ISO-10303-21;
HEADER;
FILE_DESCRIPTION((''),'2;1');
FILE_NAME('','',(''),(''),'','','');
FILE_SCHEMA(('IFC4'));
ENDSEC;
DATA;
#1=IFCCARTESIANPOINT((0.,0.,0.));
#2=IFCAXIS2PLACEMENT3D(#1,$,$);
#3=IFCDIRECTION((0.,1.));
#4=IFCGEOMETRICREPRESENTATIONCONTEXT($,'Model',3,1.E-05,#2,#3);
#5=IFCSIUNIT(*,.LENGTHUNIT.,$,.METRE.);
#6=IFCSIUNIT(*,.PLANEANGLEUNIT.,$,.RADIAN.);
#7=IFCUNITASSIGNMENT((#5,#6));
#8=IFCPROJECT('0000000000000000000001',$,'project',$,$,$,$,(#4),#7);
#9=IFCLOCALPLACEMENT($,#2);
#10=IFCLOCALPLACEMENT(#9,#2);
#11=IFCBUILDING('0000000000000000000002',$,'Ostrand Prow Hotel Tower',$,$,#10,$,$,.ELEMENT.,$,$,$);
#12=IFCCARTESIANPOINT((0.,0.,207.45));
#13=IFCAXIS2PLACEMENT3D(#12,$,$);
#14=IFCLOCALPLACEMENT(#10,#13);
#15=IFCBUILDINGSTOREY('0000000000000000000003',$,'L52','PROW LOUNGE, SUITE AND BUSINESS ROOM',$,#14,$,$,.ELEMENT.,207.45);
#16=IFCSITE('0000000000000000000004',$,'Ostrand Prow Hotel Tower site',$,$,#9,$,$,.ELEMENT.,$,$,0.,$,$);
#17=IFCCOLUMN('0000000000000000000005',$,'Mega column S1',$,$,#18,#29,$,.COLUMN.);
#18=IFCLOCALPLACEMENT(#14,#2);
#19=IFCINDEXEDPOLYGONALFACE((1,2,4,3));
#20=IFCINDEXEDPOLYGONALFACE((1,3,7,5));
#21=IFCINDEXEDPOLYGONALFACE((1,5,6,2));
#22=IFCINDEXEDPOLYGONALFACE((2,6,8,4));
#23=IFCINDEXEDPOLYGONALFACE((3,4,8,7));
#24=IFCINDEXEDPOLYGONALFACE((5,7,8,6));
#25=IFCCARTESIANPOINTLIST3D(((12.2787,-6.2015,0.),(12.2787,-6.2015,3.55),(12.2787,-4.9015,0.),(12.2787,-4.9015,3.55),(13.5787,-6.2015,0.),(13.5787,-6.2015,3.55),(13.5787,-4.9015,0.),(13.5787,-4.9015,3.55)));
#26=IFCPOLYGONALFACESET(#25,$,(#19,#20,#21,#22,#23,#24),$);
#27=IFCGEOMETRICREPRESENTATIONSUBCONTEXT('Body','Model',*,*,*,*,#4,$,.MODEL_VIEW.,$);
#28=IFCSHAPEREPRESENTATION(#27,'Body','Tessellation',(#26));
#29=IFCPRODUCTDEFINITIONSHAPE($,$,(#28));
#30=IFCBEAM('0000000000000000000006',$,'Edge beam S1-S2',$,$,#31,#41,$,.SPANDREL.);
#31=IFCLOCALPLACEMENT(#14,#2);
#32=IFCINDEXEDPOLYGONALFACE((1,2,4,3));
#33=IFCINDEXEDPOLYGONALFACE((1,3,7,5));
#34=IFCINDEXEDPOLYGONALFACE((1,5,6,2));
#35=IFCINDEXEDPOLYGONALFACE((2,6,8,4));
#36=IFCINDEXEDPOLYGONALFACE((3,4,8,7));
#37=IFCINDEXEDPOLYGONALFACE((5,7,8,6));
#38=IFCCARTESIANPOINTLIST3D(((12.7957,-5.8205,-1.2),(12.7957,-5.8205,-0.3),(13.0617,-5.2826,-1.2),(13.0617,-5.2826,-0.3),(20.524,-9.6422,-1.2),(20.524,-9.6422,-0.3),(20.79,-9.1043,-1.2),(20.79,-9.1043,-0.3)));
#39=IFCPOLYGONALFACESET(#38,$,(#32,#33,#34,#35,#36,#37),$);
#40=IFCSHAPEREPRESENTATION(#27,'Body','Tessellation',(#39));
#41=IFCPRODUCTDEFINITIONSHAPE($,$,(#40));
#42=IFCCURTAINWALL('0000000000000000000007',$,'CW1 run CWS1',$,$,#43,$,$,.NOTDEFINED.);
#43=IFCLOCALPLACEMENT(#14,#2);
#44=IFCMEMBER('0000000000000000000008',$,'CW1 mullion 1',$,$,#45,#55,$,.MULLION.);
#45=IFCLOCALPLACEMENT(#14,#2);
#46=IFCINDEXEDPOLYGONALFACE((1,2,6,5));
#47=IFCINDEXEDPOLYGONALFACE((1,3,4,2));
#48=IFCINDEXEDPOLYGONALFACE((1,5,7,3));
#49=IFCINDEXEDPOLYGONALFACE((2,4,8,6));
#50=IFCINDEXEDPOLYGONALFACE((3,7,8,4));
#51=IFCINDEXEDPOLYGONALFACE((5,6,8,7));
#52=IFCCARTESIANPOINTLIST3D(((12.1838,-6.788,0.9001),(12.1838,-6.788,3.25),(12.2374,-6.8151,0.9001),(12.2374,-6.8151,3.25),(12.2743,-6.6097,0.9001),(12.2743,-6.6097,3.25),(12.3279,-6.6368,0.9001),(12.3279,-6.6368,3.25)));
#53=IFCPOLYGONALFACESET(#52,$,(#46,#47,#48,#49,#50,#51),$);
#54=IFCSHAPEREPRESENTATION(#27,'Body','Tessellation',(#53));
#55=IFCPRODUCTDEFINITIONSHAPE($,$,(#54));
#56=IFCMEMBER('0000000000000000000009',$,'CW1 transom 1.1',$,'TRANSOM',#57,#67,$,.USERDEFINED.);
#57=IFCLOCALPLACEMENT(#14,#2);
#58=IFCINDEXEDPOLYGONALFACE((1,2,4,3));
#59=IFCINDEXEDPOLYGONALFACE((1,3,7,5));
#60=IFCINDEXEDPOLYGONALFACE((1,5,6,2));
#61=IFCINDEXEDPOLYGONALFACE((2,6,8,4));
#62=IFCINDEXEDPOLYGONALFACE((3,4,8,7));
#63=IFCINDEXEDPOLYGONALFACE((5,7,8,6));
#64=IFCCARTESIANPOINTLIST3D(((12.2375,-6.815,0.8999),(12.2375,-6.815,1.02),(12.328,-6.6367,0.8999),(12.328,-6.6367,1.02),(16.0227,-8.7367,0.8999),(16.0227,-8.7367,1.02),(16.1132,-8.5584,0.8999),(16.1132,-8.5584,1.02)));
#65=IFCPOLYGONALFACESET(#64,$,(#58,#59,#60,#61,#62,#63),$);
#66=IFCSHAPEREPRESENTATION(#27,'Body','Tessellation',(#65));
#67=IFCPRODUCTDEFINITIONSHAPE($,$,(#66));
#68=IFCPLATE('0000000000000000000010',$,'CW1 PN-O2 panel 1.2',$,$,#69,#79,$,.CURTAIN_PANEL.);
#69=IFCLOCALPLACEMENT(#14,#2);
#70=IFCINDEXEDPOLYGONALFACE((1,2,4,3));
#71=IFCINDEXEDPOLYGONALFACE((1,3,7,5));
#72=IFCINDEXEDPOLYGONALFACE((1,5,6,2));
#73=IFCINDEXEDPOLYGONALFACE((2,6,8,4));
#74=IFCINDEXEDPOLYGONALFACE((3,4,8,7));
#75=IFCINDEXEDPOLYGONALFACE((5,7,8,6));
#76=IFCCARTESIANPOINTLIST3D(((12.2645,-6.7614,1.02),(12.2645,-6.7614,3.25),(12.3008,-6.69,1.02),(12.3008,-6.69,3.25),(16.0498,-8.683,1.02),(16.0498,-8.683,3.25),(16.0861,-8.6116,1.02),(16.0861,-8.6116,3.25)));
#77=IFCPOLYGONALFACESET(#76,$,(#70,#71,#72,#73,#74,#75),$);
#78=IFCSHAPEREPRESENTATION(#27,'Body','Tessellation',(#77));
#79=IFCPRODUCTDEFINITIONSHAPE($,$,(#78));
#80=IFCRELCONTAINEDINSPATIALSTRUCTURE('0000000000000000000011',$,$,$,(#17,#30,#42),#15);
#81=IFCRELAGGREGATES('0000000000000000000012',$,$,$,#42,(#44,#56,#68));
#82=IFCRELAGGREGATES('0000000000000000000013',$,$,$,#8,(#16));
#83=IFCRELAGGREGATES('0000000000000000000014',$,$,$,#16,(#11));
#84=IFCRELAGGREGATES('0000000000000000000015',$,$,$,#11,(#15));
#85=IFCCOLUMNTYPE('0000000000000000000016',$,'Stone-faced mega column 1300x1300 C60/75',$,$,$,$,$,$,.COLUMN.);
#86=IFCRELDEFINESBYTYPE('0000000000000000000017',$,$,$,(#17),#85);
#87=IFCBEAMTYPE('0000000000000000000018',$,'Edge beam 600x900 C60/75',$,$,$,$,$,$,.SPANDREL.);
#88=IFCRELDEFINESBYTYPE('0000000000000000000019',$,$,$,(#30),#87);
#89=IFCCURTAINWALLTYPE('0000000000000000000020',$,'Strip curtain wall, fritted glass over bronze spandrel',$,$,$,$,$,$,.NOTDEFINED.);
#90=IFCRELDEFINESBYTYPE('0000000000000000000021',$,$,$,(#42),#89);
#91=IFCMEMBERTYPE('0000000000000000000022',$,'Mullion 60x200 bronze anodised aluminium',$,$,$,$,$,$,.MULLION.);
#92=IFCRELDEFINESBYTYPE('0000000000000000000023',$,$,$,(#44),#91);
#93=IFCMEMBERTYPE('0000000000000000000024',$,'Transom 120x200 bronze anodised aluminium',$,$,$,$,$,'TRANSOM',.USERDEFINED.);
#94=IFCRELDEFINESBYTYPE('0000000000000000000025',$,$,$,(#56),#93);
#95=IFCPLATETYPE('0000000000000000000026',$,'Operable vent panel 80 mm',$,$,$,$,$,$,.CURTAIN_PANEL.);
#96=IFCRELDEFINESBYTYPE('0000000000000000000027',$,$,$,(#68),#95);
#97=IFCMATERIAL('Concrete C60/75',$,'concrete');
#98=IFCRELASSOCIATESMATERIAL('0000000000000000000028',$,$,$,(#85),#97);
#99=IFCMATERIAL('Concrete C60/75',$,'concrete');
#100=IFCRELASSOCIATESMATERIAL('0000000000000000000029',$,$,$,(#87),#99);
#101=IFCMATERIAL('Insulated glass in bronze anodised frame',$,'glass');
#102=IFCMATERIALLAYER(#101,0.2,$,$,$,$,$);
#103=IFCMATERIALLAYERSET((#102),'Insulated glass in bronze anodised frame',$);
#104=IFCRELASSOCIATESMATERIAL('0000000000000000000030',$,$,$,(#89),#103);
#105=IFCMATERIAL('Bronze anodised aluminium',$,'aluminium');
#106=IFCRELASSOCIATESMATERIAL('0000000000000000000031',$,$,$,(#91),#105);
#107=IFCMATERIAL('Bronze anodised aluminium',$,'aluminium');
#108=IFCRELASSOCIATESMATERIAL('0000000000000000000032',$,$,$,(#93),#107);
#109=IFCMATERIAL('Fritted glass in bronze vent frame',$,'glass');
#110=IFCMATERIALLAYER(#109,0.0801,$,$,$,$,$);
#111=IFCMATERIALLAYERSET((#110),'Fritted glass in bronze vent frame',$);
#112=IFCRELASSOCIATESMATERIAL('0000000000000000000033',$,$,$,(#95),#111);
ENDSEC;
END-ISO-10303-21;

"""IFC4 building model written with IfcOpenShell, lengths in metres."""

from ifc_helpers import new_model, si_unit, direction, frame, origin, origin_2d, place, context, subcontext, project, spatial, rectangle, extrude, material, layer, layer_set, material_profile, profile_set, type_object, element, aggregate, save


model = new_model("IFC4")

# Units and contexts
model_context = context("Model", 3, precision=1e-05, world=origin(), true_north=direction((0.0, 1.0)))
body_context = subcontext(model_context, "Body", "Model", "MODEL_VIEW")
ifc_project = project(units=[si_unit("LENGTHUNIT", "METRE"), si_unit("PLANEANGLEUNIT", "RADIAN")], contexts=[model_context])

# Site, building, storey
site_placement = place(None, origin())
site = spatial("IfcSite", under=ifc_project, at=site_placement, Name="Ostrand Prow Hotel Tower site", CompositionType="ELEMENT", RefElevation=0.0)
building_placement = place(site_placement, origin())
building = spatial("IfcBuilding", under=site, at=building_placement, Name="Ostrand Prow Hotel Tower", CompositionType="ELEMENT")
storey_placement = place(building_placement, frame((0.0, 0.0, 207.45)))
storey = spatial("IfcBuildingStorey", under=building, at=storey_placement, Name="L52", Description="PROW LOUNGE, SUITE AND BUSINESS ROOM", CompositionType="ELEMENT", Elevation=207.45)

# Column
ifc_material_1 = material(Name="Concrete C60/75", Category="concrete")
ifc_material_profile_1 = material_profile(ifc_material_1, rectangle(XDim=1.3, YDim=1.3, at=origin_2d()), Name="RC 1300x1300")
ifc_profile_set_1 = profile_set([ifc_material_profile_1], Name="Concrete C60/75")
column_type = type_object("IfcColumnType", Name="Stone-faced mega column 1300x1300 C60/75", PredefinedType="COLUMN", material=ifc_profile_set_1)
column_placement = place(storey_placement, frame((12.9287, -5.5515, 0.0), z_axis=(0.0, 0.0, 1.0), x_axis=(1.0, 0.0, 0.0)))
element("IfcColumn", 1, at=column_placement, inside=storey, type_object=column_type, Name="Mega column S1", PredefinedType="COLUMN", context=body_context, shape_type="SweptSolid", body=[
    extrude(rectangle(XDim=1.3, YDim=1.3, at=origin_2d()), origin(), (0.0, 0.0, 1.0), 3.55),
])

# Beam
ifc_material_2 = material(Name="Concrete C60/75", Category="concrete")
ifc_material_profile_2 = material_profile(ifc_material_2, rectangle(XDim=0.6001, YDim=0.8999, at=origin_2d()), Name="RC 600x900")
ifc_profile_set_2 = profile_set([ifc_material_profile_2], Name="Concrete C60/75")
beam_type = type_object("IfcBeamType", Name="Edge beam 600x900 C60/75", PredefinedType="SPANDREL", material=ifc_profile_set_2)
beam_placement = place(storey_placement, frame((12.9287, -5.5515, -0.75), z_axis=(0.896384, -0.443279, 0.0), x_axis=(0.443279, 0.896384, 0.0)))
element("IfcBeam", 2, at=beam_placement, inside=storey, type_object=beam_type, Name="Edge beam S1-S2", PredefinedType="SPANDREL", context=body_context, shape_type="SweptSolid", body=[
    extrude(rectangle(XDim=0.6001, YDim=0.8999, at=origin_2d()), origin(), (0.0, 0.0, 1.0), 8.6216),
])

# Curtain wall, members, plate
ifc_material_3 = material(Name="Insulated glass in bronze anodised frame", Category="glass")
ifc_layer_1 = layer(ifc_material_3, 0.2)
ifc_layer_set_1 = layer_set([ifc_layer_1], Name="Insulated glass in bronze anodised frame")
curtain_wall_type = type_object("IfcCurtainWallType", Name="Strip curtain wall, fritted glass over bronze spandrel", PredefinedType="NOTDEFINED", material=ifc_layer_set_1)
curtain_wall_placement = place(storey_placement, origin())
curtain_wall = element("IfcCurtainWall", 3, at=curtain_wall_placement, inside=storey, type_object=curtain_wall_type, Name="CW1 run CWS1", PredefinedType="NOTDEFINED")
ifc_material_4 = material(Name="Bronze anodised aluminium", Category="aluminium")
ifc_material_profile_3 = material_profile(ifc_material_4, rectangle(XDim=0.2, YDim=0.0601, at=origin_2d()), Name="Mullion 60x200 bronze anodised aluminium")
ifc_profile_set_3 = profile_set([ifc_material_profile_3], Name="Bronze anodised aluminium")
member_type_1 = type_object("IfcMemberType", Name="Mullion 60x200 bronze anodised aluminium", PredefinedType="MULLION", material=ifc_profile_set_3)
member_1_placement = place(storey_placement, frame((12.2559, -6.7124, 0.9001), z_axis=(0.0, 0.0, 1.0), x_axis=(0.452659, 0.891684, 0.0)))
member_1 = element("IfcMember", 4, at=member_1_placement, type_object=member_type_1, Name="CW1 mullion 1", PredefinedType="MULLION", context=body_context, shape_type="SweptSolid", body=[
    extrude(rectangle(XDim=0.2, YDim=0.0601, at=origin_2d()), origin(), (0.0, 0.0, 1.0), 2.3499),
])
ifc_material_5 = material(Name="Bronze anodised aluminium", Category="aluminium")
ifc_material_profile_4 = material_profile(ifc_material_5, rectangle(XDim=0.2, YDim=0.1201, at=origin_2d()), Name="Transom 120x200 bronze anodised aluminium")
ifc_profile_set_4 = profile_set([ifc_material_profile_4], Name="Bronze anodised aluminium")
member_type_2 = type_object("IfcMemberType", Name="Transom 120x200 bronze anodised aluminium", ElementType="TRANSOM", PredefinedType="USERDEFINED", material=ifc_profile_set_4)
member_2_placement = place(storey_placement, frame((12.2827, -6.7258, 0.96), z_axis=(0.891673, -0.45268, 0.0), x_axis=(0.45268, 0.891673, 0.0)))
member_2 = element("IfcMember", 5, at=member_2_placement, type_object=member_type_2, Name="CW1 transom 1.1", ObjectType="TRANSOM", PredefinedType="USERDEFINED", context=body_context, shape_type="SweptSolid", body=[
    extrude(rectangle(XDim=0.2, YDim=0.1201, at=origin_2d()), origin(), (0.0, 0.0, 1.0), 4.2451),
])
ifc_material_6 = material(Name="Fritted glass in bronze vent frame", Category="glass")
ifc_layer_2 = layer(ifc_material_6, 0.0801)
ifc_layer_set_2 = layer_set([ifc_layer_2], Name="Fritted glass in bronze vent frame")
plate_type = type_object("IfcPlateType", Name="Operable vent panel 80 mm", PredefinedType="CURTAIN_PANEL", material=ifc_layer_set_2)
plate_placement = place(storey_placement, frame((14.1753, -7.6865, 1.02), z_axis=(0.0, 0.0, 1.0), x_axis=(0.891684, -0.452659, 0.0)))
plate = element("IfcPlate", 6, at=plate_placement, type_object=plate_type, Name="CW1 PN-O2 panel 1.2", PredefinedType="CURTAIN_PANEL", context=body_context, shape_type="SweptSolid", body=[
    extrude(rectangle(XDim=4.2451, YDim=0.0801, at=origin_2d()), origin(), (0.0, 0.0, 1.0), 2.23),
])
aggregate(curtain_wall, [member_1, member_2, plate])

save(model, "model.ifc")
